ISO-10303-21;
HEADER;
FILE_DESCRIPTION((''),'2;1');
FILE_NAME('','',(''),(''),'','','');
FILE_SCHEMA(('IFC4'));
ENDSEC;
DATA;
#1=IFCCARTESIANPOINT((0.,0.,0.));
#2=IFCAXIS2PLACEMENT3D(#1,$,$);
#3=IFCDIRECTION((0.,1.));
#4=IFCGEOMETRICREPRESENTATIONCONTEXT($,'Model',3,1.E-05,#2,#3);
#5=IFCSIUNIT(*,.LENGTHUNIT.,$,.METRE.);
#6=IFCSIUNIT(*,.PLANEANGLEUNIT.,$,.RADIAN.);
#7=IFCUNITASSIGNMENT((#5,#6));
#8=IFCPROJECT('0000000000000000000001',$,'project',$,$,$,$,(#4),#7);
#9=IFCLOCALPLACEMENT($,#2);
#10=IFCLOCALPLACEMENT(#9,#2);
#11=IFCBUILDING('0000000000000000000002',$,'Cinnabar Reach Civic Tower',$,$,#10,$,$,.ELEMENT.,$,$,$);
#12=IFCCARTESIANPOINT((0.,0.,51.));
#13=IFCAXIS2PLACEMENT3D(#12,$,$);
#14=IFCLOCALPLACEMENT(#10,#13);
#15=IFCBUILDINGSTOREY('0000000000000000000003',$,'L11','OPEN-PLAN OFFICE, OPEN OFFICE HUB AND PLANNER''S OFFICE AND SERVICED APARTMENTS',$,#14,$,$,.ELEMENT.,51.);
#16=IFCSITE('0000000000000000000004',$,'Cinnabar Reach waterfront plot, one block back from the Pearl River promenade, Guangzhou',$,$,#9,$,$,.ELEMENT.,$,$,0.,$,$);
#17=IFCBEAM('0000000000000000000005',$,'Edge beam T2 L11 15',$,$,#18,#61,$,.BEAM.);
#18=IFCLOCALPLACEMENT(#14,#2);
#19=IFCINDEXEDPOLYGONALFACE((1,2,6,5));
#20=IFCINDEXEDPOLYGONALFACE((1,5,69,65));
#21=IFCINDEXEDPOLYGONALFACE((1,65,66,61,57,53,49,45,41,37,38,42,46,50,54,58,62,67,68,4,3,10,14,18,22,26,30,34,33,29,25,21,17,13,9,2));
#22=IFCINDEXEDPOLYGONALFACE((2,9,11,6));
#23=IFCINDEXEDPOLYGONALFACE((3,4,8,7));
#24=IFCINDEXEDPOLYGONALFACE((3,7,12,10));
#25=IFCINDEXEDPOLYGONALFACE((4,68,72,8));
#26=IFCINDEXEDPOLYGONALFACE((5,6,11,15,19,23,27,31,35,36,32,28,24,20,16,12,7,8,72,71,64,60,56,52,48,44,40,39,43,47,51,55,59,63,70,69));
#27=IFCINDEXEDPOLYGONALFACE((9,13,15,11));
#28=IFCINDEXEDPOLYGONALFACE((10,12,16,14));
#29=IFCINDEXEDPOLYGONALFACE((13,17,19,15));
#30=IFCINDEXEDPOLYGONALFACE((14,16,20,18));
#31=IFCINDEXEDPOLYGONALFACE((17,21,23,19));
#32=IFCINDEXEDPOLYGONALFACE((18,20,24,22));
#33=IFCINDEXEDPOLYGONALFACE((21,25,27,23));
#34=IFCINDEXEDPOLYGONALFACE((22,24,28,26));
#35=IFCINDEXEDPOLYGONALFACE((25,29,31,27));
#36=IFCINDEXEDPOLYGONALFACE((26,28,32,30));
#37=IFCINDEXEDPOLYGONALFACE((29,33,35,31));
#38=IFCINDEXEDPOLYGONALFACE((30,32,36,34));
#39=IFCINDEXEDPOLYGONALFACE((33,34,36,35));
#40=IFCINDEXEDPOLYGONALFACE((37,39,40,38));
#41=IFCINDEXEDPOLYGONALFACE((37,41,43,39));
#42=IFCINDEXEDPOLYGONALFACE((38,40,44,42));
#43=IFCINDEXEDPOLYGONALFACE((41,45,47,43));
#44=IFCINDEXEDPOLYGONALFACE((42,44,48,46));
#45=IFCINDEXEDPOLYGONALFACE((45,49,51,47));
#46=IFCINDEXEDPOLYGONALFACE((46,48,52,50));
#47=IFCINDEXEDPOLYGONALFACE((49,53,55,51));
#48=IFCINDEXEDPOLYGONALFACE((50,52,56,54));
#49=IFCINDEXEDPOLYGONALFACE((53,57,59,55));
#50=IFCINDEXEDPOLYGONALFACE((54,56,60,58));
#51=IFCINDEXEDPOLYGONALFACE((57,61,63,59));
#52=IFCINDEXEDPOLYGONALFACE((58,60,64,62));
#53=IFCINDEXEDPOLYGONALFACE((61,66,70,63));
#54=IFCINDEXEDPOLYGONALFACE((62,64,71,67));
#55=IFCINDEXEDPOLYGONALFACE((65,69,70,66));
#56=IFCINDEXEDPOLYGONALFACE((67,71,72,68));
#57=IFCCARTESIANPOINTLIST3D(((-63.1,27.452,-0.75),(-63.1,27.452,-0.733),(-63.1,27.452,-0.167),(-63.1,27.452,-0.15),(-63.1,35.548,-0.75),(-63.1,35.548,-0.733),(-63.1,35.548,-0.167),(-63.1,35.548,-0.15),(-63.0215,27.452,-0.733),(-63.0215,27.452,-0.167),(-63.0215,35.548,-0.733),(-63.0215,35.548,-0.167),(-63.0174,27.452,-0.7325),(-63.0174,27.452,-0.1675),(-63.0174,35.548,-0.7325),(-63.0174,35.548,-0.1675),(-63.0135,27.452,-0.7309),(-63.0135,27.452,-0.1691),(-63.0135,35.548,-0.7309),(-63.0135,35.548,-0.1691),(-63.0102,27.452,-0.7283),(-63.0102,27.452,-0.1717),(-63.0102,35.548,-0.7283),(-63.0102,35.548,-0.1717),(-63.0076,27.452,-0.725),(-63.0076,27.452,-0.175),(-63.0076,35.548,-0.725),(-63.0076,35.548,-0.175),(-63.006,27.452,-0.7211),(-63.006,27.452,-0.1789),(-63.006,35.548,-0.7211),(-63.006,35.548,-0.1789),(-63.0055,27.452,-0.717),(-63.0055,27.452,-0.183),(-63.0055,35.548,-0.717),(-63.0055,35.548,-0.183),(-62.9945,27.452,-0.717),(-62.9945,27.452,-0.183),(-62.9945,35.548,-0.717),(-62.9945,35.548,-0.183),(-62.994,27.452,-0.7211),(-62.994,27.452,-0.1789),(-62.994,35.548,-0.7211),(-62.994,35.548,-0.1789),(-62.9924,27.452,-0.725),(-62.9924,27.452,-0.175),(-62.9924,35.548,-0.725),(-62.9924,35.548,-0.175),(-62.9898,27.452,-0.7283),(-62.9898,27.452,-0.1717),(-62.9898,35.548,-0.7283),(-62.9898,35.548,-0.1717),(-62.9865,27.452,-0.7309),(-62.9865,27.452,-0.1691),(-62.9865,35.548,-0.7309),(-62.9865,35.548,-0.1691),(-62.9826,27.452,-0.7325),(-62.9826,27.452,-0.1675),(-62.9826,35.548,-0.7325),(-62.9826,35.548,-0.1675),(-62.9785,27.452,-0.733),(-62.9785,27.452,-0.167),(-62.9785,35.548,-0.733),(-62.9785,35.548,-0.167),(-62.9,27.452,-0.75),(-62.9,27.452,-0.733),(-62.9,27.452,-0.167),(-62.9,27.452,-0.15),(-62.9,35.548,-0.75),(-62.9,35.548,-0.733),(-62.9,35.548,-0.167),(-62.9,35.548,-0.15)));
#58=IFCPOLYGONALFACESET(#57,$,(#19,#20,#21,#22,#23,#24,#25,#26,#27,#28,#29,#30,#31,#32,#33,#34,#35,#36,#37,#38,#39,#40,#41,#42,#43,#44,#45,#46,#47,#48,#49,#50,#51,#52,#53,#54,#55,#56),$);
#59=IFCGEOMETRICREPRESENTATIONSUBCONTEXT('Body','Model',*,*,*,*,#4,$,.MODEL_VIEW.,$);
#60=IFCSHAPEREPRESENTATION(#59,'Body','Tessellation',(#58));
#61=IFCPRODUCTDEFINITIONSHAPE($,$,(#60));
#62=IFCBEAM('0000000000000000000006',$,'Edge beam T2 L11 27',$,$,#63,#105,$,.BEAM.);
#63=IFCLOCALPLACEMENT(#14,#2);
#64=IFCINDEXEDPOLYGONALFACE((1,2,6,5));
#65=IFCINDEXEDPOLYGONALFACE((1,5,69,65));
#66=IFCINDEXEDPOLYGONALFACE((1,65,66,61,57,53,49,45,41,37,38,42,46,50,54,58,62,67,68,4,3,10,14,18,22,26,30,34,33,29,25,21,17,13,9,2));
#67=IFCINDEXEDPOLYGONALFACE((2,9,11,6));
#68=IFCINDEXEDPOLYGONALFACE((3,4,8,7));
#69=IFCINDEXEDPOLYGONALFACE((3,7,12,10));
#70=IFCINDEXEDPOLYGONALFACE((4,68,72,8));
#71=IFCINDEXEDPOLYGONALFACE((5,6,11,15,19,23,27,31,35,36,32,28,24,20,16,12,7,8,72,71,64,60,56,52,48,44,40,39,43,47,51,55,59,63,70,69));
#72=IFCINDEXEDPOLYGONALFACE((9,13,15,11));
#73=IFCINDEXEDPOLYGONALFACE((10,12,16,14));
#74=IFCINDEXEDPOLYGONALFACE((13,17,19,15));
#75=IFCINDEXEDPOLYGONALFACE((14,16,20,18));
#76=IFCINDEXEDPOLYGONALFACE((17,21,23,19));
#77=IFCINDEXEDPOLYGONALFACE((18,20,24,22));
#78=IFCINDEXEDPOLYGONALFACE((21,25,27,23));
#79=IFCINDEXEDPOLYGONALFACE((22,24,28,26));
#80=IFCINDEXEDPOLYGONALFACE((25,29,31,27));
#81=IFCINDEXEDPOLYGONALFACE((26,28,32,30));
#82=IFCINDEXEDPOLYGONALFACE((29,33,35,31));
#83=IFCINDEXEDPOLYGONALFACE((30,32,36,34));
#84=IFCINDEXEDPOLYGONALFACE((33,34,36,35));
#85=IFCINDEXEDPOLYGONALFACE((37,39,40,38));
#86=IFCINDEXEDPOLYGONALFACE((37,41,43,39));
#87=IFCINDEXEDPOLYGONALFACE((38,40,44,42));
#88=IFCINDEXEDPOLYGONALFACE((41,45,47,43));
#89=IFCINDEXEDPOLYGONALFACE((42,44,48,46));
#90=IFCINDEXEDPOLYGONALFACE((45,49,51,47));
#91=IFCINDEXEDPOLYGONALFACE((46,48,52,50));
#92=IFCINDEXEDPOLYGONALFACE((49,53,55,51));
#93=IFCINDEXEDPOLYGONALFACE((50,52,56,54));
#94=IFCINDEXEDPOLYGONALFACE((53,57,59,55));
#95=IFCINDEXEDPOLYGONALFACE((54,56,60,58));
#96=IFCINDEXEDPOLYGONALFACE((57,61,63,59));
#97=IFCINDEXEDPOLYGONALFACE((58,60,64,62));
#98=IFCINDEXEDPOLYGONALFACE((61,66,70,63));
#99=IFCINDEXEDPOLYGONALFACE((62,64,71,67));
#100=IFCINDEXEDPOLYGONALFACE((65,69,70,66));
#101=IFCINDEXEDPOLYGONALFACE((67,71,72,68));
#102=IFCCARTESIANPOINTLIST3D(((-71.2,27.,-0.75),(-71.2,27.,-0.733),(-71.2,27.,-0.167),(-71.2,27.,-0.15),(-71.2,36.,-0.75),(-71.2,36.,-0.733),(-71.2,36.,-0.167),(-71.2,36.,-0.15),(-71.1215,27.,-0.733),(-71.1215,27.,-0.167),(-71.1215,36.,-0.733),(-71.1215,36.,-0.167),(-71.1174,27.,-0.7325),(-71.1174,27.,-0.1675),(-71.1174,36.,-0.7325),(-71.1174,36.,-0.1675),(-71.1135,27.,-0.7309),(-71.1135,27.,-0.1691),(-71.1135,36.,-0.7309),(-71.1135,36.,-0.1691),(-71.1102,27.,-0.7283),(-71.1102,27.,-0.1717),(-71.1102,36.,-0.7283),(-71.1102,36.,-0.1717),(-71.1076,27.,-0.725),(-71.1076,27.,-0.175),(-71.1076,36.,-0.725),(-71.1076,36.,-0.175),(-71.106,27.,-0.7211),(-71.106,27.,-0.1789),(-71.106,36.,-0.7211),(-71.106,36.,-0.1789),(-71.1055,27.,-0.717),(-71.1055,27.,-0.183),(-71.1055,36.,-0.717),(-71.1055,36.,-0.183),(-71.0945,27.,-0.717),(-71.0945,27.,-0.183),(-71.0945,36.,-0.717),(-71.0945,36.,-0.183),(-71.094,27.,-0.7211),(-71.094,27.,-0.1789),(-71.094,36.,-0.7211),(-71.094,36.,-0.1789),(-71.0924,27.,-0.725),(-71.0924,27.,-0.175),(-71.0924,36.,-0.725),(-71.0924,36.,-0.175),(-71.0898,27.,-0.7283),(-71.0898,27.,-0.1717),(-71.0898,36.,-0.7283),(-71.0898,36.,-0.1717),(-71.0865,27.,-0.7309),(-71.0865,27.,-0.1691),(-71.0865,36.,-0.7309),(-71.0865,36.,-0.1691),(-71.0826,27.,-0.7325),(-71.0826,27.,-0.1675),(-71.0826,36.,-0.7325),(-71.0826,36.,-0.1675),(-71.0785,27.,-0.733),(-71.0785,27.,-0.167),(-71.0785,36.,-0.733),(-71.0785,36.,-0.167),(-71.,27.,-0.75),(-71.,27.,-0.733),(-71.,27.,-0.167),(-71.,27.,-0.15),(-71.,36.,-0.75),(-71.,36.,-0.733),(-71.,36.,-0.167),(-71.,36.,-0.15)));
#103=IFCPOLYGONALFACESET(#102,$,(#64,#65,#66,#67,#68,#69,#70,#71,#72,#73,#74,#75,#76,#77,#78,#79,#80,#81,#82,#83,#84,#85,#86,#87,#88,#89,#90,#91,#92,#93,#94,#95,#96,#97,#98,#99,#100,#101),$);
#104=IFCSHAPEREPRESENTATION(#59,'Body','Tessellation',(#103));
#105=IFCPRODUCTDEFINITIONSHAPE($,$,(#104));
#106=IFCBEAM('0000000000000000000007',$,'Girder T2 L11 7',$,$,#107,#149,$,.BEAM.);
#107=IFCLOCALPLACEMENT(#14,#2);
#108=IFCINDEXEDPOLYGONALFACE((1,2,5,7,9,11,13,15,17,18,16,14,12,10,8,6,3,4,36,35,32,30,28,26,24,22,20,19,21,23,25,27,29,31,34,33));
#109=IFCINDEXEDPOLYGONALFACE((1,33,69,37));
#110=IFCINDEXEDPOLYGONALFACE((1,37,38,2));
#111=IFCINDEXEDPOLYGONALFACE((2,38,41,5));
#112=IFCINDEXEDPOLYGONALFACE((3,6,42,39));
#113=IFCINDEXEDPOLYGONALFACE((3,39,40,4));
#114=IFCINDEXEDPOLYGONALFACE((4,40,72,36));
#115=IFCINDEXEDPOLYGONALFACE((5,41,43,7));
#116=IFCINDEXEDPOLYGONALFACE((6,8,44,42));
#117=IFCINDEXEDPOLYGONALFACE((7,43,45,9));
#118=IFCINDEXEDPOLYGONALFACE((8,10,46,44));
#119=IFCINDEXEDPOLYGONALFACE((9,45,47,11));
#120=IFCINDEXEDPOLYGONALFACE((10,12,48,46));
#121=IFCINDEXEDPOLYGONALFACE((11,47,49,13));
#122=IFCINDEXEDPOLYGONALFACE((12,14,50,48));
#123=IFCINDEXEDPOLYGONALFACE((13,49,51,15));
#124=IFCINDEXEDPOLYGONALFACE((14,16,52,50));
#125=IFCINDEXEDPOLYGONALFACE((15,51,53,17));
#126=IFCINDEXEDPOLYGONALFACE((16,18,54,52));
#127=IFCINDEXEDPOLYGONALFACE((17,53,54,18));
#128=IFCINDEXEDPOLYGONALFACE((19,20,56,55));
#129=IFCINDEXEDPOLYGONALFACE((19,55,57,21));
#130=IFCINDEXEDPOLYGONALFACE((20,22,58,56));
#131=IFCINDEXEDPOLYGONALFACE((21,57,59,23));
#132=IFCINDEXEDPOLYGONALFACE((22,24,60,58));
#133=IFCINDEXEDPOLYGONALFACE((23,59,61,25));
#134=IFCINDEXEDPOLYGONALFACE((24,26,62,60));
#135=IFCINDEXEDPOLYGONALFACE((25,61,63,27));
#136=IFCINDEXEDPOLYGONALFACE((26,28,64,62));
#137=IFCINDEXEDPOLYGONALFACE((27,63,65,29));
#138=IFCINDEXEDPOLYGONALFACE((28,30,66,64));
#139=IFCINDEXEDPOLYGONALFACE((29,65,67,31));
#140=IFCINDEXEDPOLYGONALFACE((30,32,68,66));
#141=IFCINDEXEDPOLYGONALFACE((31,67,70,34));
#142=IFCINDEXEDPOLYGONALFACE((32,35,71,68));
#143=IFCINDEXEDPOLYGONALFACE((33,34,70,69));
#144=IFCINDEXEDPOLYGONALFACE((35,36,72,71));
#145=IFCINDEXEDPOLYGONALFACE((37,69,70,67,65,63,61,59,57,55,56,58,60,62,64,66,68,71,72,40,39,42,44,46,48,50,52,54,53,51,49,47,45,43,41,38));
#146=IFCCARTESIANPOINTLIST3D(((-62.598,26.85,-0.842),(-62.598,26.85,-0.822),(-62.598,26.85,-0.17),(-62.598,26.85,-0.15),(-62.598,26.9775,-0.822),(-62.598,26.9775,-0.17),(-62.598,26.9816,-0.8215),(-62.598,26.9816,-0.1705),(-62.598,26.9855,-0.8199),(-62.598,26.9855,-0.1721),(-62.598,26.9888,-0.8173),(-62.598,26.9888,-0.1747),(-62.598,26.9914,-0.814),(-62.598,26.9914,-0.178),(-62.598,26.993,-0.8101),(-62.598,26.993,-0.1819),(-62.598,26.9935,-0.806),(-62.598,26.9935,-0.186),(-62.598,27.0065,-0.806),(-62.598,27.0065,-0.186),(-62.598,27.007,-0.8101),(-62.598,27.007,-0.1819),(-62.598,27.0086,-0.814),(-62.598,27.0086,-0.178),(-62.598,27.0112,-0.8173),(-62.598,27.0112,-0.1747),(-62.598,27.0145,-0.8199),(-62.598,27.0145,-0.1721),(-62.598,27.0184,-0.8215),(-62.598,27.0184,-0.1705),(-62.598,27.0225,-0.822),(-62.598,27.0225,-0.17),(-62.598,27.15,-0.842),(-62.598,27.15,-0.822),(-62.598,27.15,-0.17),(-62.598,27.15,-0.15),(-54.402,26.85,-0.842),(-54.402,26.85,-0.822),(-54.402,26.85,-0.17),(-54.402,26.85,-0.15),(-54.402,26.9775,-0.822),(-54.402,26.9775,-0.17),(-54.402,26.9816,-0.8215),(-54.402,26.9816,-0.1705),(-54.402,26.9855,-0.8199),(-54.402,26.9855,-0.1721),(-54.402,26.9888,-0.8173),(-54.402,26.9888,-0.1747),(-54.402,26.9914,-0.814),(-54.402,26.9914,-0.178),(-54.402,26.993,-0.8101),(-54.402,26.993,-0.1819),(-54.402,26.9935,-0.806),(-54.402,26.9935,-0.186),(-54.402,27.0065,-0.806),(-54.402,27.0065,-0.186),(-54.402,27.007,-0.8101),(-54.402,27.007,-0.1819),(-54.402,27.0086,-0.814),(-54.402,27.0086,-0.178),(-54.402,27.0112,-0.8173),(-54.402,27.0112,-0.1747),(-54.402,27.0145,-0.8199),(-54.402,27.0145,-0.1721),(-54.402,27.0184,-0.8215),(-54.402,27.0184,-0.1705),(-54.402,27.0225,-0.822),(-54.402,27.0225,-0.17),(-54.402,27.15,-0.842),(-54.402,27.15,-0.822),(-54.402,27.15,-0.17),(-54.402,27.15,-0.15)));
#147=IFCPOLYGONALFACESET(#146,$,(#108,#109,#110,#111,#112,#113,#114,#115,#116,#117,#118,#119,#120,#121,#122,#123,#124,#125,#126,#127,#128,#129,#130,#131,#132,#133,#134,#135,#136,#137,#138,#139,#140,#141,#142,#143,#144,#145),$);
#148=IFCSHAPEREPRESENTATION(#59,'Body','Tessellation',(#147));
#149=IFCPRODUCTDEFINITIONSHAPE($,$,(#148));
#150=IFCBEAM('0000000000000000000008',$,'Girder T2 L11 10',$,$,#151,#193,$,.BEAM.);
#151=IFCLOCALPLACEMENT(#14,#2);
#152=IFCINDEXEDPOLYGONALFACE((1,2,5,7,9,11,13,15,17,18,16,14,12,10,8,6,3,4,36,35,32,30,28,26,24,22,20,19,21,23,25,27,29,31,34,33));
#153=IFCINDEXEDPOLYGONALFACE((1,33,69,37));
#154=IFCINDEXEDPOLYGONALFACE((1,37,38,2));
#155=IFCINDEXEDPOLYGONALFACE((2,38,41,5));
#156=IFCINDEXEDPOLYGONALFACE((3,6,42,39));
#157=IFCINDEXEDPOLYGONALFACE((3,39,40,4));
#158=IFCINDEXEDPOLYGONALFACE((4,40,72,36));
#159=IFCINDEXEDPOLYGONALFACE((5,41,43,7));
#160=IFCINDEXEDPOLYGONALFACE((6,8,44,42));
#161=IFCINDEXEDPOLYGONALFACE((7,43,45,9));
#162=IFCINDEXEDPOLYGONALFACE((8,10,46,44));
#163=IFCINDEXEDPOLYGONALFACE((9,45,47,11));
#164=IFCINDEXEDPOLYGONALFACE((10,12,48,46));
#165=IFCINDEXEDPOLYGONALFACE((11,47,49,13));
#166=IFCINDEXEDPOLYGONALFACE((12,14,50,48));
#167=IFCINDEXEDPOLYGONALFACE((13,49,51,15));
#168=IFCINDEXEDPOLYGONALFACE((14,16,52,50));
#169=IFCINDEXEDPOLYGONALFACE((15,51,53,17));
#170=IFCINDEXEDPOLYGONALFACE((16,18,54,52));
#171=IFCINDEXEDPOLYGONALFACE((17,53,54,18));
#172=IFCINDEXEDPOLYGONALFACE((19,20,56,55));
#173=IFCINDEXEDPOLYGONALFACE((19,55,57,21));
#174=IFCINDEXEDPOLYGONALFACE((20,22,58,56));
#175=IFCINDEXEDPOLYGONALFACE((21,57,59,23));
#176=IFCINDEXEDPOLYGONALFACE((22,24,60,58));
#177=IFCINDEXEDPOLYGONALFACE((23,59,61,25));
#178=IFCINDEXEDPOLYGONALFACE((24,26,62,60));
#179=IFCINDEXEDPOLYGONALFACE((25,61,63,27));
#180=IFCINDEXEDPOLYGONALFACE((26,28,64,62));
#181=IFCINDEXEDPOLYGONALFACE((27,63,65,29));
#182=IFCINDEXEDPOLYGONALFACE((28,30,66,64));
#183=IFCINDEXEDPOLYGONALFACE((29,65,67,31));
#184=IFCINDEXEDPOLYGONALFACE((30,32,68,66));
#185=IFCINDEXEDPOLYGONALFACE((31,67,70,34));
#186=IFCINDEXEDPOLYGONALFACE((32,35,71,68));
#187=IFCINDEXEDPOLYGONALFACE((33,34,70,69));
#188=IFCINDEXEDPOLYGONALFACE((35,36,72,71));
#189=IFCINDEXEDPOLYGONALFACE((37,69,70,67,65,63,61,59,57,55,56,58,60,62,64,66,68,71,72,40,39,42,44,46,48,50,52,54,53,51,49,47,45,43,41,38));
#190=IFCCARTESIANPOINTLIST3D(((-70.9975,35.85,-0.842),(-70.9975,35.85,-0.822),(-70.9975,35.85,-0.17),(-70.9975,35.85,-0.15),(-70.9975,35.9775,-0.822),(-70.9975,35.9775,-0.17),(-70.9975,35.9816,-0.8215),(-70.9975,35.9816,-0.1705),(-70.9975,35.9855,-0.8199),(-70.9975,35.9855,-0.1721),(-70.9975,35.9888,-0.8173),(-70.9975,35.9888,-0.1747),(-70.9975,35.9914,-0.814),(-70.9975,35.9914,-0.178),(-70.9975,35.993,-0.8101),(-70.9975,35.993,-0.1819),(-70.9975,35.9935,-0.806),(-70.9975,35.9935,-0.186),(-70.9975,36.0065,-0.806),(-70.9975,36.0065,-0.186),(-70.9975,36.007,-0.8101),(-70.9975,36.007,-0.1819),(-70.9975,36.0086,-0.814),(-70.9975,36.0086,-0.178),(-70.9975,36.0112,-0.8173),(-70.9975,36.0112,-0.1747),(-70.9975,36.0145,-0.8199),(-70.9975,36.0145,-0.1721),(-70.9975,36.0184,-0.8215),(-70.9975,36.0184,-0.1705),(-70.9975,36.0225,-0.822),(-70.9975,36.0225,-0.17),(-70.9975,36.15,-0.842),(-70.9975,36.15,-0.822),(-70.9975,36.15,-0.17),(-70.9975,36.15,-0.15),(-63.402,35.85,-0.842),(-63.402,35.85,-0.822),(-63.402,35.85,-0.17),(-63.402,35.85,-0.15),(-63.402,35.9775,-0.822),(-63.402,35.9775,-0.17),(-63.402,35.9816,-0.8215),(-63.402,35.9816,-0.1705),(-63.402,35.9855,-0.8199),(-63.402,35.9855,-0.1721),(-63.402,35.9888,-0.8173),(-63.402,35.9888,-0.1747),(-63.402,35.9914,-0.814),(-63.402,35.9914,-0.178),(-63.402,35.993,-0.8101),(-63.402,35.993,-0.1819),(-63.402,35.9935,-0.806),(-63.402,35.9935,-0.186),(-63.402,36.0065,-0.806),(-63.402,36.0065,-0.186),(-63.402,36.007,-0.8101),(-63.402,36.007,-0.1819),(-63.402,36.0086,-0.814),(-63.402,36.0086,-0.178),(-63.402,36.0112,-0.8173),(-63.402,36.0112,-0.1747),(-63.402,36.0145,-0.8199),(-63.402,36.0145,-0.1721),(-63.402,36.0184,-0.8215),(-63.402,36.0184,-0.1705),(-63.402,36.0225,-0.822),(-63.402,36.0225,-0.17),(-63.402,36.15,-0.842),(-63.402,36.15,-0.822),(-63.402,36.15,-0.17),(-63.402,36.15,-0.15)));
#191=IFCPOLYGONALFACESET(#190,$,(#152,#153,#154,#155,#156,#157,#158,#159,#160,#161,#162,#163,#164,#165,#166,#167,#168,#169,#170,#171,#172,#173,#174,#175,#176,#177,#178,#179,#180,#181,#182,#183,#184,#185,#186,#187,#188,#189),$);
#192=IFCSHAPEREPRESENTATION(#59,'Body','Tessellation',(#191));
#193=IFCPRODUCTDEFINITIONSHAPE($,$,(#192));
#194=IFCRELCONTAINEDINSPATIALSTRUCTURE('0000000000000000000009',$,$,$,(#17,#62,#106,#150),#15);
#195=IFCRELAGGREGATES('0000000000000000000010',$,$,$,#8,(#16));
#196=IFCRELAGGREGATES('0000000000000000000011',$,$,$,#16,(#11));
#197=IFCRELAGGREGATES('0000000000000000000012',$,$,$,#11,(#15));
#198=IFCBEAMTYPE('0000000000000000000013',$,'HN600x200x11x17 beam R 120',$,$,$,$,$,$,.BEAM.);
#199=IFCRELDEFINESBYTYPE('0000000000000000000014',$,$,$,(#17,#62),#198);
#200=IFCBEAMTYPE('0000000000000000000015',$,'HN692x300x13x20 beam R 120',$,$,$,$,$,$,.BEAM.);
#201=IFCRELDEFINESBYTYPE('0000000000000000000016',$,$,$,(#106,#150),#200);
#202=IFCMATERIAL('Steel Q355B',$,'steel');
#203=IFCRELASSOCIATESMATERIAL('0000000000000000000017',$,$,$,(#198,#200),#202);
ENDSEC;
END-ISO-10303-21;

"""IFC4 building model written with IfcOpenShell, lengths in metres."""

from ifc_helpers import new_model, si_unit, direction, frame, origin, origin_2d, place, context, subcontext, project, spatial, i_section, extrude, material, material_profile, profile_set, type_object, element, save


model = new_model("IFC4")

# Units and contexts
model_context = context("Model", 3, precision=1e-05, world=origin(), true_north=direction((0.0, 1.0)))
body_context = subcontext(model_context, "Body", "Model", "MODEL_VIEW")
ifc_project = project(units=[si_unit("LENGTHUNIT", "METRE"), si_unit("PLANEANGLEUNIT", "RADIAN")], contexts=[model_context])

# Site, building, storey
site_placement = place(None, origin())
site = spatial("IfcSite", under=ifc_project, at=site_placement, Name="Cinnabar Reach waterfront plot, one block back from the Pearl River promenade, Guangzhou", CompositionType="ELEMENT", RefElevation=0.0)
building_placement = place(site_placement, origin())
building = spatial("IfcBuilding", under=site, at=building_placement, Name="Cinnabar Reach Civic Tower", CompositionType="ELEMENT")
storey_placement = place(building_placement, frame((0.0, 0.0, 51.0)))
storey = spatial("IfcBuildingStorey", under=building, at=storey_placement, Name="L11", Description="OPEN-PLAN OFFICE, OPEN OFFICE HUB AND PLANNER'S OFFICE AND SERVICED APARTMENTS", CompositionType="ELEMENT", Elevation=51.0)

# Beams
ifc_material_1 = material(Name="Steel Q355B", Category="steel")
ifc_material_profile_1 = material_profile(ifc_material_1, i_section(OverallWidth=0.2, OverallDepth=0.6, WebThickness=0.011, FlangeThickness=0.017, FilletRadius=0.016, at=origin_2d()), Name="HN600x200x11x17")
ifc_profile_set_1 = profile_set([ifc_material_profile_1], Name="Steel Q355B")
beam_type_1 = type_object("IfcBeamType", Name="HN600x200x11x17 beam R 120", PredefinedType="BEAM", material=ifc_profile_set_1)
beam_1_placement = place(storey_placement, frame((-63.0, 35.548, -0.45), z_axis=(0.0, -1.0, 0.0), x_axis=(1.0, 0.0, 0.0)))
element("IfcBeam", 1, at=beam_1_placement, inside=storey, type_object=beam_type_1, Name="Edge beam T2 L11 15", PredefinedType="BEAM", context=body_context, shape_type="SweptSolid", body=[
    extrude(i_section(OverallWidth=0.2, OverallDepth=0.6, WebThickness=0.011, FlangeThickness=0.017, FilletRadius=0.016, at=origin_2d()), origin(), (0.0, 0.0, 1.0), 8.096),
])
beam_2_placement = place(storey_placement, frame((-71.1, 36.0, -0.45), z_axis=(0.0, -1.0, 0.0), x_axis=(1.0, 0.0, 0.0)))
element("IfcBeam", 2, at=beam_2_placement, inside=storey, type_object=beam_type_1, Name="Edge beam T2 L11 27", PredefinedType="BEAM", context=body_context, shape_type="SweptSolid", body=[
    extrude(i_section(OverallWidth=0.2, OverallDepth=0.6, WebThickness=0.011, FlangeThickness=0.017, FilletRadius=0.016, at=origin_2d()), origin(), (0.0, 0.0, 1.0), 9.0),
])
ifc_material_profile_2 = material_profile(ifc_material_1, i_section(OverallWidth=0.3, OverallDepth=0.692, WebThickness=0.013, FlangeThickness=0.02, FilletRadius=0.016, at=origin_2d()), Name="HN692x300x13x20")
ifc_profile_set_2 = profile_set([ifc_material_profile_2], Name="Steel Q355B")
beam_type_2 = type_object("IfcBeamType", Name="HN692x300x13x20 beam R 120", PredefinedType="BEAM", material=ifc_profile_set_2)
beam_3_placement = place(storey_placement, frame((-62.598, 27.0, -0.496), z_axis=(1.0, 0.0, 0.0), x_axis=(0.0, 1.0, 0.0)))
element("IfcBeam", 3, at=beam_3_placement, inside=storey, type_object=beam_type_2, Name="Girder T2 L11 7", PredefinedType="BEAM", context=body_context, shape_type="SweptSolid", body=[
    extrude(i_section(OverallWidth=0.3, OverallDepth=0.692, WebThickness=0.013, FlangeThickness=0.02, FilletRadius=0.016, at=origin_2d()), origin(), (0.0, 0.0, 1.0), 8.196),
])
beam_4_placement = place(storey_placement, frame((-70.9975, 36.0, -0.496), z_axis=(1.0, 0.0, 0.0), x_axis=(0.0, 1.0, 0.0)))
element("IfcBeam", 4, at=beam_4_placement, inside=storey, type_object=beam_type_2, Name="Girder T2 L11 10", PredefinedType="BEAM", context=body_context, shape_type="SweptSolid", body=[
    extrude(i_section(OverallWidth=0.3, OverallDepth=0.692, WebThickness=0.013, FlangeThickness=0.02, FilletRadius=0.016, at=origin_2d()), origin(), (0.0, 0.0, 1.0), 7.5955),
])

save(model, "model.ifc")
